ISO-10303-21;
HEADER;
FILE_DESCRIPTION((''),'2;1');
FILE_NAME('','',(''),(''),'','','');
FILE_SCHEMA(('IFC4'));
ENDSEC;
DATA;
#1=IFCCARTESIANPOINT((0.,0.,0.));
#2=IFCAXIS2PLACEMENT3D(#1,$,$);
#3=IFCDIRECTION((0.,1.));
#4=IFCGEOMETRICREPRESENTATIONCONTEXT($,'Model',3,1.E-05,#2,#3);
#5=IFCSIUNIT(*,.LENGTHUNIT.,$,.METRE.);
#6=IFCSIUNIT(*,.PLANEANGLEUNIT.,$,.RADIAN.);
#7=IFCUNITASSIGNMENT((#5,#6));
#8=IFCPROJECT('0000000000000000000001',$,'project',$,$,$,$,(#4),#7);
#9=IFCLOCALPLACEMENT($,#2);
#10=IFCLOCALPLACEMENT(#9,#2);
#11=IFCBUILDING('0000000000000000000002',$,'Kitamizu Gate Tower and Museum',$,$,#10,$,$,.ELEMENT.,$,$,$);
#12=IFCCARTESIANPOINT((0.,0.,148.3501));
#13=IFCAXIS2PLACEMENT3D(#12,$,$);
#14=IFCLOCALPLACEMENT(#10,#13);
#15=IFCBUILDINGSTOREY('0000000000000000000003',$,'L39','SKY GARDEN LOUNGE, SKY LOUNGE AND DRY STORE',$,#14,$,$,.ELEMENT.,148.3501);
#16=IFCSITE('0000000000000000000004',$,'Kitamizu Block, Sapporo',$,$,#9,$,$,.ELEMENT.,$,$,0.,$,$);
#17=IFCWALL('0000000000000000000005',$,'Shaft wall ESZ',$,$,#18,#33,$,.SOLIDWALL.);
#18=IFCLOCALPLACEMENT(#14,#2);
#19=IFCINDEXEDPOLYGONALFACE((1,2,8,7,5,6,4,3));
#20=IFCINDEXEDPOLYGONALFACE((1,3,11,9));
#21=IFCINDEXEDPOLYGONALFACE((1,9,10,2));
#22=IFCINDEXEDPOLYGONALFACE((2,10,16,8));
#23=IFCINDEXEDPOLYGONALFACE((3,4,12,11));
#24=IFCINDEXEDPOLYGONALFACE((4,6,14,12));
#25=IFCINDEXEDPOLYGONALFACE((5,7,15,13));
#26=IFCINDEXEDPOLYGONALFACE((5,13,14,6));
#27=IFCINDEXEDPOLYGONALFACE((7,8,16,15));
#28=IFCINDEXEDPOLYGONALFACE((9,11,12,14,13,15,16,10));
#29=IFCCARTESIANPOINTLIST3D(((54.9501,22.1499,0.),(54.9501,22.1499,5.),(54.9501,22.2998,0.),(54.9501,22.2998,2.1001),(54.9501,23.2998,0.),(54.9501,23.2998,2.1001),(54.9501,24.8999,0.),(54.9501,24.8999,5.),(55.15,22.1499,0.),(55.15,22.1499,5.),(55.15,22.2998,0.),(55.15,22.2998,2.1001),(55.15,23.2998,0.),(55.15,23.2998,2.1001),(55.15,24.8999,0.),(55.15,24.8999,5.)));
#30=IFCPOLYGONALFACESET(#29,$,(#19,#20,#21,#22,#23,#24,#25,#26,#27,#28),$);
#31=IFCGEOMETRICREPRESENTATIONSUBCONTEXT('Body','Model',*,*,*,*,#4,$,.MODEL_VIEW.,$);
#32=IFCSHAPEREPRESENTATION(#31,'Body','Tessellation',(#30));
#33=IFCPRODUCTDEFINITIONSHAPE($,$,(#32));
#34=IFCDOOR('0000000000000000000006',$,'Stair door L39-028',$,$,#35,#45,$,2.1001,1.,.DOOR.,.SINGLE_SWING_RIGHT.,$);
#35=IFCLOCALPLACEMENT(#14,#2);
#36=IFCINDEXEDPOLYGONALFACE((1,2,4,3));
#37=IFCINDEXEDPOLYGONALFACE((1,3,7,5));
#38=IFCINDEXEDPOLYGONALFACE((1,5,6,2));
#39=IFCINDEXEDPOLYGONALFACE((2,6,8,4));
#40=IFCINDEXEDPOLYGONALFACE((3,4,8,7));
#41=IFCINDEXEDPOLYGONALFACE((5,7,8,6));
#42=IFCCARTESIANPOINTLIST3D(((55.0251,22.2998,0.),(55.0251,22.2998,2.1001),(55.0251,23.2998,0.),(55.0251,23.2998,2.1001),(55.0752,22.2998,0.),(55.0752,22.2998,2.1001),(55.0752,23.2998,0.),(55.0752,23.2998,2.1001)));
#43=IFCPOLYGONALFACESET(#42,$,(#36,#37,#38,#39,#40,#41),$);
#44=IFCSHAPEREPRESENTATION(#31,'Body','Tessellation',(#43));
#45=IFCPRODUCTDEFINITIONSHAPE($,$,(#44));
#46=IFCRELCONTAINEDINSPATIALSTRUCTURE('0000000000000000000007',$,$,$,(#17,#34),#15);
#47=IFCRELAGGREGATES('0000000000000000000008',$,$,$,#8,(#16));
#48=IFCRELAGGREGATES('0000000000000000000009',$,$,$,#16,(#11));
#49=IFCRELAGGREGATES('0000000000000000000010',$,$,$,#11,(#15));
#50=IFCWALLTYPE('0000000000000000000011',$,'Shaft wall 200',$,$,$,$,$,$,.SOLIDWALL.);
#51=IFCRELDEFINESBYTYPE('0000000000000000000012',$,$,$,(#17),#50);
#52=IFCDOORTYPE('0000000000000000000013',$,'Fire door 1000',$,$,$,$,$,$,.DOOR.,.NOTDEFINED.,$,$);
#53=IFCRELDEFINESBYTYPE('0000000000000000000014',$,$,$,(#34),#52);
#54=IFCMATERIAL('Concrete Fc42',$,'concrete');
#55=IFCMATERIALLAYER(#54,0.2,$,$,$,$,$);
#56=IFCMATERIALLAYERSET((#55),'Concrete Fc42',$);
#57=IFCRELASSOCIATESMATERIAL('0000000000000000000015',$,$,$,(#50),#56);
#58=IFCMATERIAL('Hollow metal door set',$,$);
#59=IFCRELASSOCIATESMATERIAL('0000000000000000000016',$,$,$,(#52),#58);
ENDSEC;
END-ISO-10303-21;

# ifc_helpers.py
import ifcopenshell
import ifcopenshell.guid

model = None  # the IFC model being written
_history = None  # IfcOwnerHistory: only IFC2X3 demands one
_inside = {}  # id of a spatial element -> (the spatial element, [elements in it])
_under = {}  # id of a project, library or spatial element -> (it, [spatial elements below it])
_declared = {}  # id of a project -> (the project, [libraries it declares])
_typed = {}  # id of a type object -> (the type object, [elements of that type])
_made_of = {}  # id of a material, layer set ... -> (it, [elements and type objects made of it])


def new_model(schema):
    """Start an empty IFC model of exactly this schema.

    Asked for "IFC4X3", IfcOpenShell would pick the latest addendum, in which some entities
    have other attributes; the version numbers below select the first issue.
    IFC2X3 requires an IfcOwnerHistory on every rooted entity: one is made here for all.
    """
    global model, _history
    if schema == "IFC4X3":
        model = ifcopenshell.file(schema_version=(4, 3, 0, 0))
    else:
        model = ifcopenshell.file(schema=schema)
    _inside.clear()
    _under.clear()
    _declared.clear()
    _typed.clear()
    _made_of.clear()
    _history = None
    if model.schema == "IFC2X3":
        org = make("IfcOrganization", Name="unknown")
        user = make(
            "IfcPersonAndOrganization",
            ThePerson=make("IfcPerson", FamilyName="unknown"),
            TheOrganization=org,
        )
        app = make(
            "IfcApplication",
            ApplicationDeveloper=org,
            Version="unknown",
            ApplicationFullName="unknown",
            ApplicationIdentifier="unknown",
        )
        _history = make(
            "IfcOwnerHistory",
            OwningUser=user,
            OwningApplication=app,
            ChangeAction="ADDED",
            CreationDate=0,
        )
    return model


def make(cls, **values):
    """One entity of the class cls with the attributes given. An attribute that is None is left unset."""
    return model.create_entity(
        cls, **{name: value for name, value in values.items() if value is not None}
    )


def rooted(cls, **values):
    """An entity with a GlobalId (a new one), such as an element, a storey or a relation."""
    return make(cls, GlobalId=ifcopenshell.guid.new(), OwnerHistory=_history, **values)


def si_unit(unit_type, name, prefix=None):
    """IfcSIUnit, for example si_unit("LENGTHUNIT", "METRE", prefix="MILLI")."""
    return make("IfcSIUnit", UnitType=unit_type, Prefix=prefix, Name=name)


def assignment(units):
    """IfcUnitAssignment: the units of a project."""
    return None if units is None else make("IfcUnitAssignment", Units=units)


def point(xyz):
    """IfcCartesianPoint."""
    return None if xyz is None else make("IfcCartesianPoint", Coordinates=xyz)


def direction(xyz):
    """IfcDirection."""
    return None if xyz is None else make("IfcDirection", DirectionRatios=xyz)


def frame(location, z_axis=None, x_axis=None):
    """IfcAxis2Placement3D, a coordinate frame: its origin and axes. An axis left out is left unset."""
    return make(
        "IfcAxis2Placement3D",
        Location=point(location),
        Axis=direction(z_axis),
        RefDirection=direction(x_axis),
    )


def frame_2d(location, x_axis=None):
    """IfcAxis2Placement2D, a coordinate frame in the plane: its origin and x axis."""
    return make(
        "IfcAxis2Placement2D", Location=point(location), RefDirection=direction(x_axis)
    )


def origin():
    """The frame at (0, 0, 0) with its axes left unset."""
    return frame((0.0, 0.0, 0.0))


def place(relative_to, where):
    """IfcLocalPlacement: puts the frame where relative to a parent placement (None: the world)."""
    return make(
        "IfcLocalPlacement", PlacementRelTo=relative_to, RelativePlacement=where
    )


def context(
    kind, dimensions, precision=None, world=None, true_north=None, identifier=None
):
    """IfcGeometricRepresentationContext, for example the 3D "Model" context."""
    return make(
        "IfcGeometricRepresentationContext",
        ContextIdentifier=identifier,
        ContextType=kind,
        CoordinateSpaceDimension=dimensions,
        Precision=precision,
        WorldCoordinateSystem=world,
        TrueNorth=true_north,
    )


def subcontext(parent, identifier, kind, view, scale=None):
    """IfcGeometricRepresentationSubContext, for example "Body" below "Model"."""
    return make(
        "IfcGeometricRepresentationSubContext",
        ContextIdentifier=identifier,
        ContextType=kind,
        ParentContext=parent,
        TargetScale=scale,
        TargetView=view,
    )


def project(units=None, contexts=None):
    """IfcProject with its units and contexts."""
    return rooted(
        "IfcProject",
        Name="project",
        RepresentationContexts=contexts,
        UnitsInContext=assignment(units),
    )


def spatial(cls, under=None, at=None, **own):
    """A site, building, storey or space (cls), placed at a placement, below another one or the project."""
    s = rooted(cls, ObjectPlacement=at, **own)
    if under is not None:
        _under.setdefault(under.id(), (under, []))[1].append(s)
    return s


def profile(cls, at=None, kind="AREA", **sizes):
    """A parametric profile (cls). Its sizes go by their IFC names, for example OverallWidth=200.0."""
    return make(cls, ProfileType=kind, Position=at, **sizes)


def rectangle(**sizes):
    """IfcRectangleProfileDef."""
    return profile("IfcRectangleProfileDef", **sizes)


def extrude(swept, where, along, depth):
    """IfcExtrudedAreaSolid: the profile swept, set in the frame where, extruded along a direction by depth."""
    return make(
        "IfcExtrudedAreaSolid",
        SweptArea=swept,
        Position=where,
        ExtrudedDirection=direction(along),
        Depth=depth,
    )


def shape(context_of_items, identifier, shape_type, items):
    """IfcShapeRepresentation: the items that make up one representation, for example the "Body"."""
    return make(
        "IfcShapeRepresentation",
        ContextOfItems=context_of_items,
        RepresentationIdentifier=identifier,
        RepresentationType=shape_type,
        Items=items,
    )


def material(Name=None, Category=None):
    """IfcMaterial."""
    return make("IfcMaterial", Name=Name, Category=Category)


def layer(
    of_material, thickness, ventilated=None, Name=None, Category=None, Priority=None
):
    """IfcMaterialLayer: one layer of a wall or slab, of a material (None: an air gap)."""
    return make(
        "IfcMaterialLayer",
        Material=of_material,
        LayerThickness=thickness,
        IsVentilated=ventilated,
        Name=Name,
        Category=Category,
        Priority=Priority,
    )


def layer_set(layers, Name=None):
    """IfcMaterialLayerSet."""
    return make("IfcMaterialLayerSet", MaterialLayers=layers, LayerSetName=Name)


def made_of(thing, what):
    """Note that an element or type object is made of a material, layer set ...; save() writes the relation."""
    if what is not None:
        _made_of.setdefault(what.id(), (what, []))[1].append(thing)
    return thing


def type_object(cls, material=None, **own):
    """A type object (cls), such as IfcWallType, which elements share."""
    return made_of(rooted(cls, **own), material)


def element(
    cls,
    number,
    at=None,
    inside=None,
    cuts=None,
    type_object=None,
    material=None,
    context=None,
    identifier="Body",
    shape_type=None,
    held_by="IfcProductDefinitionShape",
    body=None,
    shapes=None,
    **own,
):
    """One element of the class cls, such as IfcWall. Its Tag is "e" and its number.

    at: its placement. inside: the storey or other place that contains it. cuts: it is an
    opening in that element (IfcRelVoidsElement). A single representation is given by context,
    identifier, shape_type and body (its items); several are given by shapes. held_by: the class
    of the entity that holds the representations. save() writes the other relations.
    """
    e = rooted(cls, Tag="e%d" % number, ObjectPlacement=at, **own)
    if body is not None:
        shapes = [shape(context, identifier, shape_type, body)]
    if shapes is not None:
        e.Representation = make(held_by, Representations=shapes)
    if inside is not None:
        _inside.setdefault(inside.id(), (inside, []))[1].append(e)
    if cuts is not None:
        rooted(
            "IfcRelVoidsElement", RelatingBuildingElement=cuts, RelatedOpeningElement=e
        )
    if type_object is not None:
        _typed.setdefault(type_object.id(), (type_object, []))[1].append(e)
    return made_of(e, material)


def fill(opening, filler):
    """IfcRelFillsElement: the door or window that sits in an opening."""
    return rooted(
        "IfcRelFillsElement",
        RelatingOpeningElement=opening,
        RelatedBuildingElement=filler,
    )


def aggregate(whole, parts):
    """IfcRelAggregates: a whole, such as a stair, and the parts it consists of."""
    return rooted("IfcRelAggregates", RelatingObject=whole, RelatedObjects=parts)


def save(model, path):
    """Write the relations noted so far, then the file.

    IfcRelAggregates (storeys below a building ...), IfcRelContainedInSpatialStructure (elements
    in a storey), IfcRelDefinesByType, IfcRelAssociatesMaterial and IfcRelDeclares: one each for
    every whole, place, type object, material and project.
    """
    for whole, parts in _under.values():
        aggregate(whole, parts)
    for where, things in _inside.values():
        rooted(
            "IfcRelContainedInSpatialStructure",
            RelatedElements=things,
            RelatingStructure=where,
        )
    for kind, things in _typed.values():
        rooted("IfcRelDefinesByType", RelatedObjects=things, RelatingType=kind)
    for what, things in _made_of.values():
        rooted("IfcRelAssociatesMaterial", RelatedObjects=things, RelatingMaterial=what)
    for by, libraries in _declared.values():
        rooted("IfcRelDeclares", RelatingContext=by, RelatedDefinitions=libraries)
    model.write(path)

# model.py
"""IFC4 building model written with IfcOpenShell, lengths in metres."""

from ifc_helpers import new_model, si_unit, direction, frame, frame_2d, origin, place, context, subcontext, project, spatial, rectangle, extrude, material, layer, layer_set, type_object, element, fill, save


model = new_model("IFC4")

# Units and contexts
model_context = context("Model", 3, precision=1e-05, world=origin(), true_north=direction((0.0, 1.0)))
body_context = subcontext(model_context, "Body", "Model", "MODEL_VIEW")
ifc_project = project(units=[si_unit("LENGTHUNIT", "METRE"), si_unit("PLANEANGLEUNIT", "RADIAN")], contexts=[model_context])

# Site, building, storey
site_placement = place(None, origin())
site = spatial("IfcSite", under=ifc_project, at=site_placement, Name="Kitamizu Block, Sapporo", CompositionType="ELEMENT", RefElevation=0.0)
building_placement = place(site_placement, origin())
building = spatial("IfcBuilding", under=site, at=building_placement, Name="Kitamizu Gate Tower and Museum", CompositionType="ELEMENT")
storey_placement = place(building_placement, frame((0.0, 0.0, 148.3501)))
storey = spatial("IfcBuildingStorey", under=building, at=storey_placement, Name="L39", Description="SKY GARDEN LOUNGE, SKY LOUNGE AND DRY STORE", CompositionType="ELEMENT", Elevation=148.3501)

# Wall, opening, door
ifc_material_1 = material(Name="Concrete Fc42", Category="concrete")
ifc_layer_1 = layer(ifc_material_1, 0.2)
ifc_layer_set_1 = layer_set([ifc_layer_1], Name="Concrete Fc42")
wall_type_1 = type_object("IfcWallType", Name="Shaft wall 200", PredefinedType="SOLIDWALL", material=ifc_layer_set_1)
wall_1_placement = place(storey_placement, frame((55.05, 22.1499, 0.0), z_axis=(0.0, 0.0, 1.0), x_axis=(0.0, 1.0, 0.0)))
wall_1 = element("IfcWall", 1, at=wall_1_placement, inside=storey, type_object=wall_type_1, Name="Shaft wall ESZ", PredefinedType="SOLIDWALL", context=body_context, shape_type="SweptSolid", body=[
    extrude(rectangle(XDim=2.75, YDim=0.2, at=frame_2d((1.375, 0.0))), origin(), (0.0, 0.0, 1.0), 5.0),
])
opening_1_placement = place(wall_1_placement, frame((0.1499, 0.0, 0.0)))
opening_1 = element("IfcOpeningElement", 2, at=opening_1_placement, cuts=wall_1, PredefinedType="OPENING", context=body_context, shape_type="SweptSolid", body=[
    extrude(rectangle(XDim=1.0, YDim=2.1001, at=frame_2d((0.5, 1.05))), frame((0.0, 0.1099, 0.0), z_axis=(0.0, -1.0, 0.0), x_axis=(1.0, 0.0, 0.0)), (0.0, 0.0, 1.0), 0.22),
])
ifc_material_2 = material(Name="Hollow metal door set")
door_type_1 = type_object("IfcDoorType", Name="Fire door 1000", OperationType="NOTDEFINED", PredefinedType="DOOR", material=ifc_material_2)
door_1_placement = place(opening_1_placement, origin())
door_1 = element("IfcDoor", 3, at=door_1_placement, inside=storey, type_object=door_type_1, Name="Stair door L39-028", OperationType="SINGLE_SWING_RIGHT", OverallHeight=2.1001, OverallWidth=1.0, PredefinedType="DOOR", context=body_context, shape_type="SweptSolid", body=[
    extrude(rectangle(XDim=1.0, YDim=2.1001, at=frame_2d((0.5, 1.05))), frame((0.0, 0.0249, 0.0), z_axis=(0.0, -1.0, 0.0), x_axis=(1.0, 0.0, 0.0)), (0.0, 0.0, 1.0), 0.05),
])
fill(opening_1, door_1)

save(model, "model.ifc")
